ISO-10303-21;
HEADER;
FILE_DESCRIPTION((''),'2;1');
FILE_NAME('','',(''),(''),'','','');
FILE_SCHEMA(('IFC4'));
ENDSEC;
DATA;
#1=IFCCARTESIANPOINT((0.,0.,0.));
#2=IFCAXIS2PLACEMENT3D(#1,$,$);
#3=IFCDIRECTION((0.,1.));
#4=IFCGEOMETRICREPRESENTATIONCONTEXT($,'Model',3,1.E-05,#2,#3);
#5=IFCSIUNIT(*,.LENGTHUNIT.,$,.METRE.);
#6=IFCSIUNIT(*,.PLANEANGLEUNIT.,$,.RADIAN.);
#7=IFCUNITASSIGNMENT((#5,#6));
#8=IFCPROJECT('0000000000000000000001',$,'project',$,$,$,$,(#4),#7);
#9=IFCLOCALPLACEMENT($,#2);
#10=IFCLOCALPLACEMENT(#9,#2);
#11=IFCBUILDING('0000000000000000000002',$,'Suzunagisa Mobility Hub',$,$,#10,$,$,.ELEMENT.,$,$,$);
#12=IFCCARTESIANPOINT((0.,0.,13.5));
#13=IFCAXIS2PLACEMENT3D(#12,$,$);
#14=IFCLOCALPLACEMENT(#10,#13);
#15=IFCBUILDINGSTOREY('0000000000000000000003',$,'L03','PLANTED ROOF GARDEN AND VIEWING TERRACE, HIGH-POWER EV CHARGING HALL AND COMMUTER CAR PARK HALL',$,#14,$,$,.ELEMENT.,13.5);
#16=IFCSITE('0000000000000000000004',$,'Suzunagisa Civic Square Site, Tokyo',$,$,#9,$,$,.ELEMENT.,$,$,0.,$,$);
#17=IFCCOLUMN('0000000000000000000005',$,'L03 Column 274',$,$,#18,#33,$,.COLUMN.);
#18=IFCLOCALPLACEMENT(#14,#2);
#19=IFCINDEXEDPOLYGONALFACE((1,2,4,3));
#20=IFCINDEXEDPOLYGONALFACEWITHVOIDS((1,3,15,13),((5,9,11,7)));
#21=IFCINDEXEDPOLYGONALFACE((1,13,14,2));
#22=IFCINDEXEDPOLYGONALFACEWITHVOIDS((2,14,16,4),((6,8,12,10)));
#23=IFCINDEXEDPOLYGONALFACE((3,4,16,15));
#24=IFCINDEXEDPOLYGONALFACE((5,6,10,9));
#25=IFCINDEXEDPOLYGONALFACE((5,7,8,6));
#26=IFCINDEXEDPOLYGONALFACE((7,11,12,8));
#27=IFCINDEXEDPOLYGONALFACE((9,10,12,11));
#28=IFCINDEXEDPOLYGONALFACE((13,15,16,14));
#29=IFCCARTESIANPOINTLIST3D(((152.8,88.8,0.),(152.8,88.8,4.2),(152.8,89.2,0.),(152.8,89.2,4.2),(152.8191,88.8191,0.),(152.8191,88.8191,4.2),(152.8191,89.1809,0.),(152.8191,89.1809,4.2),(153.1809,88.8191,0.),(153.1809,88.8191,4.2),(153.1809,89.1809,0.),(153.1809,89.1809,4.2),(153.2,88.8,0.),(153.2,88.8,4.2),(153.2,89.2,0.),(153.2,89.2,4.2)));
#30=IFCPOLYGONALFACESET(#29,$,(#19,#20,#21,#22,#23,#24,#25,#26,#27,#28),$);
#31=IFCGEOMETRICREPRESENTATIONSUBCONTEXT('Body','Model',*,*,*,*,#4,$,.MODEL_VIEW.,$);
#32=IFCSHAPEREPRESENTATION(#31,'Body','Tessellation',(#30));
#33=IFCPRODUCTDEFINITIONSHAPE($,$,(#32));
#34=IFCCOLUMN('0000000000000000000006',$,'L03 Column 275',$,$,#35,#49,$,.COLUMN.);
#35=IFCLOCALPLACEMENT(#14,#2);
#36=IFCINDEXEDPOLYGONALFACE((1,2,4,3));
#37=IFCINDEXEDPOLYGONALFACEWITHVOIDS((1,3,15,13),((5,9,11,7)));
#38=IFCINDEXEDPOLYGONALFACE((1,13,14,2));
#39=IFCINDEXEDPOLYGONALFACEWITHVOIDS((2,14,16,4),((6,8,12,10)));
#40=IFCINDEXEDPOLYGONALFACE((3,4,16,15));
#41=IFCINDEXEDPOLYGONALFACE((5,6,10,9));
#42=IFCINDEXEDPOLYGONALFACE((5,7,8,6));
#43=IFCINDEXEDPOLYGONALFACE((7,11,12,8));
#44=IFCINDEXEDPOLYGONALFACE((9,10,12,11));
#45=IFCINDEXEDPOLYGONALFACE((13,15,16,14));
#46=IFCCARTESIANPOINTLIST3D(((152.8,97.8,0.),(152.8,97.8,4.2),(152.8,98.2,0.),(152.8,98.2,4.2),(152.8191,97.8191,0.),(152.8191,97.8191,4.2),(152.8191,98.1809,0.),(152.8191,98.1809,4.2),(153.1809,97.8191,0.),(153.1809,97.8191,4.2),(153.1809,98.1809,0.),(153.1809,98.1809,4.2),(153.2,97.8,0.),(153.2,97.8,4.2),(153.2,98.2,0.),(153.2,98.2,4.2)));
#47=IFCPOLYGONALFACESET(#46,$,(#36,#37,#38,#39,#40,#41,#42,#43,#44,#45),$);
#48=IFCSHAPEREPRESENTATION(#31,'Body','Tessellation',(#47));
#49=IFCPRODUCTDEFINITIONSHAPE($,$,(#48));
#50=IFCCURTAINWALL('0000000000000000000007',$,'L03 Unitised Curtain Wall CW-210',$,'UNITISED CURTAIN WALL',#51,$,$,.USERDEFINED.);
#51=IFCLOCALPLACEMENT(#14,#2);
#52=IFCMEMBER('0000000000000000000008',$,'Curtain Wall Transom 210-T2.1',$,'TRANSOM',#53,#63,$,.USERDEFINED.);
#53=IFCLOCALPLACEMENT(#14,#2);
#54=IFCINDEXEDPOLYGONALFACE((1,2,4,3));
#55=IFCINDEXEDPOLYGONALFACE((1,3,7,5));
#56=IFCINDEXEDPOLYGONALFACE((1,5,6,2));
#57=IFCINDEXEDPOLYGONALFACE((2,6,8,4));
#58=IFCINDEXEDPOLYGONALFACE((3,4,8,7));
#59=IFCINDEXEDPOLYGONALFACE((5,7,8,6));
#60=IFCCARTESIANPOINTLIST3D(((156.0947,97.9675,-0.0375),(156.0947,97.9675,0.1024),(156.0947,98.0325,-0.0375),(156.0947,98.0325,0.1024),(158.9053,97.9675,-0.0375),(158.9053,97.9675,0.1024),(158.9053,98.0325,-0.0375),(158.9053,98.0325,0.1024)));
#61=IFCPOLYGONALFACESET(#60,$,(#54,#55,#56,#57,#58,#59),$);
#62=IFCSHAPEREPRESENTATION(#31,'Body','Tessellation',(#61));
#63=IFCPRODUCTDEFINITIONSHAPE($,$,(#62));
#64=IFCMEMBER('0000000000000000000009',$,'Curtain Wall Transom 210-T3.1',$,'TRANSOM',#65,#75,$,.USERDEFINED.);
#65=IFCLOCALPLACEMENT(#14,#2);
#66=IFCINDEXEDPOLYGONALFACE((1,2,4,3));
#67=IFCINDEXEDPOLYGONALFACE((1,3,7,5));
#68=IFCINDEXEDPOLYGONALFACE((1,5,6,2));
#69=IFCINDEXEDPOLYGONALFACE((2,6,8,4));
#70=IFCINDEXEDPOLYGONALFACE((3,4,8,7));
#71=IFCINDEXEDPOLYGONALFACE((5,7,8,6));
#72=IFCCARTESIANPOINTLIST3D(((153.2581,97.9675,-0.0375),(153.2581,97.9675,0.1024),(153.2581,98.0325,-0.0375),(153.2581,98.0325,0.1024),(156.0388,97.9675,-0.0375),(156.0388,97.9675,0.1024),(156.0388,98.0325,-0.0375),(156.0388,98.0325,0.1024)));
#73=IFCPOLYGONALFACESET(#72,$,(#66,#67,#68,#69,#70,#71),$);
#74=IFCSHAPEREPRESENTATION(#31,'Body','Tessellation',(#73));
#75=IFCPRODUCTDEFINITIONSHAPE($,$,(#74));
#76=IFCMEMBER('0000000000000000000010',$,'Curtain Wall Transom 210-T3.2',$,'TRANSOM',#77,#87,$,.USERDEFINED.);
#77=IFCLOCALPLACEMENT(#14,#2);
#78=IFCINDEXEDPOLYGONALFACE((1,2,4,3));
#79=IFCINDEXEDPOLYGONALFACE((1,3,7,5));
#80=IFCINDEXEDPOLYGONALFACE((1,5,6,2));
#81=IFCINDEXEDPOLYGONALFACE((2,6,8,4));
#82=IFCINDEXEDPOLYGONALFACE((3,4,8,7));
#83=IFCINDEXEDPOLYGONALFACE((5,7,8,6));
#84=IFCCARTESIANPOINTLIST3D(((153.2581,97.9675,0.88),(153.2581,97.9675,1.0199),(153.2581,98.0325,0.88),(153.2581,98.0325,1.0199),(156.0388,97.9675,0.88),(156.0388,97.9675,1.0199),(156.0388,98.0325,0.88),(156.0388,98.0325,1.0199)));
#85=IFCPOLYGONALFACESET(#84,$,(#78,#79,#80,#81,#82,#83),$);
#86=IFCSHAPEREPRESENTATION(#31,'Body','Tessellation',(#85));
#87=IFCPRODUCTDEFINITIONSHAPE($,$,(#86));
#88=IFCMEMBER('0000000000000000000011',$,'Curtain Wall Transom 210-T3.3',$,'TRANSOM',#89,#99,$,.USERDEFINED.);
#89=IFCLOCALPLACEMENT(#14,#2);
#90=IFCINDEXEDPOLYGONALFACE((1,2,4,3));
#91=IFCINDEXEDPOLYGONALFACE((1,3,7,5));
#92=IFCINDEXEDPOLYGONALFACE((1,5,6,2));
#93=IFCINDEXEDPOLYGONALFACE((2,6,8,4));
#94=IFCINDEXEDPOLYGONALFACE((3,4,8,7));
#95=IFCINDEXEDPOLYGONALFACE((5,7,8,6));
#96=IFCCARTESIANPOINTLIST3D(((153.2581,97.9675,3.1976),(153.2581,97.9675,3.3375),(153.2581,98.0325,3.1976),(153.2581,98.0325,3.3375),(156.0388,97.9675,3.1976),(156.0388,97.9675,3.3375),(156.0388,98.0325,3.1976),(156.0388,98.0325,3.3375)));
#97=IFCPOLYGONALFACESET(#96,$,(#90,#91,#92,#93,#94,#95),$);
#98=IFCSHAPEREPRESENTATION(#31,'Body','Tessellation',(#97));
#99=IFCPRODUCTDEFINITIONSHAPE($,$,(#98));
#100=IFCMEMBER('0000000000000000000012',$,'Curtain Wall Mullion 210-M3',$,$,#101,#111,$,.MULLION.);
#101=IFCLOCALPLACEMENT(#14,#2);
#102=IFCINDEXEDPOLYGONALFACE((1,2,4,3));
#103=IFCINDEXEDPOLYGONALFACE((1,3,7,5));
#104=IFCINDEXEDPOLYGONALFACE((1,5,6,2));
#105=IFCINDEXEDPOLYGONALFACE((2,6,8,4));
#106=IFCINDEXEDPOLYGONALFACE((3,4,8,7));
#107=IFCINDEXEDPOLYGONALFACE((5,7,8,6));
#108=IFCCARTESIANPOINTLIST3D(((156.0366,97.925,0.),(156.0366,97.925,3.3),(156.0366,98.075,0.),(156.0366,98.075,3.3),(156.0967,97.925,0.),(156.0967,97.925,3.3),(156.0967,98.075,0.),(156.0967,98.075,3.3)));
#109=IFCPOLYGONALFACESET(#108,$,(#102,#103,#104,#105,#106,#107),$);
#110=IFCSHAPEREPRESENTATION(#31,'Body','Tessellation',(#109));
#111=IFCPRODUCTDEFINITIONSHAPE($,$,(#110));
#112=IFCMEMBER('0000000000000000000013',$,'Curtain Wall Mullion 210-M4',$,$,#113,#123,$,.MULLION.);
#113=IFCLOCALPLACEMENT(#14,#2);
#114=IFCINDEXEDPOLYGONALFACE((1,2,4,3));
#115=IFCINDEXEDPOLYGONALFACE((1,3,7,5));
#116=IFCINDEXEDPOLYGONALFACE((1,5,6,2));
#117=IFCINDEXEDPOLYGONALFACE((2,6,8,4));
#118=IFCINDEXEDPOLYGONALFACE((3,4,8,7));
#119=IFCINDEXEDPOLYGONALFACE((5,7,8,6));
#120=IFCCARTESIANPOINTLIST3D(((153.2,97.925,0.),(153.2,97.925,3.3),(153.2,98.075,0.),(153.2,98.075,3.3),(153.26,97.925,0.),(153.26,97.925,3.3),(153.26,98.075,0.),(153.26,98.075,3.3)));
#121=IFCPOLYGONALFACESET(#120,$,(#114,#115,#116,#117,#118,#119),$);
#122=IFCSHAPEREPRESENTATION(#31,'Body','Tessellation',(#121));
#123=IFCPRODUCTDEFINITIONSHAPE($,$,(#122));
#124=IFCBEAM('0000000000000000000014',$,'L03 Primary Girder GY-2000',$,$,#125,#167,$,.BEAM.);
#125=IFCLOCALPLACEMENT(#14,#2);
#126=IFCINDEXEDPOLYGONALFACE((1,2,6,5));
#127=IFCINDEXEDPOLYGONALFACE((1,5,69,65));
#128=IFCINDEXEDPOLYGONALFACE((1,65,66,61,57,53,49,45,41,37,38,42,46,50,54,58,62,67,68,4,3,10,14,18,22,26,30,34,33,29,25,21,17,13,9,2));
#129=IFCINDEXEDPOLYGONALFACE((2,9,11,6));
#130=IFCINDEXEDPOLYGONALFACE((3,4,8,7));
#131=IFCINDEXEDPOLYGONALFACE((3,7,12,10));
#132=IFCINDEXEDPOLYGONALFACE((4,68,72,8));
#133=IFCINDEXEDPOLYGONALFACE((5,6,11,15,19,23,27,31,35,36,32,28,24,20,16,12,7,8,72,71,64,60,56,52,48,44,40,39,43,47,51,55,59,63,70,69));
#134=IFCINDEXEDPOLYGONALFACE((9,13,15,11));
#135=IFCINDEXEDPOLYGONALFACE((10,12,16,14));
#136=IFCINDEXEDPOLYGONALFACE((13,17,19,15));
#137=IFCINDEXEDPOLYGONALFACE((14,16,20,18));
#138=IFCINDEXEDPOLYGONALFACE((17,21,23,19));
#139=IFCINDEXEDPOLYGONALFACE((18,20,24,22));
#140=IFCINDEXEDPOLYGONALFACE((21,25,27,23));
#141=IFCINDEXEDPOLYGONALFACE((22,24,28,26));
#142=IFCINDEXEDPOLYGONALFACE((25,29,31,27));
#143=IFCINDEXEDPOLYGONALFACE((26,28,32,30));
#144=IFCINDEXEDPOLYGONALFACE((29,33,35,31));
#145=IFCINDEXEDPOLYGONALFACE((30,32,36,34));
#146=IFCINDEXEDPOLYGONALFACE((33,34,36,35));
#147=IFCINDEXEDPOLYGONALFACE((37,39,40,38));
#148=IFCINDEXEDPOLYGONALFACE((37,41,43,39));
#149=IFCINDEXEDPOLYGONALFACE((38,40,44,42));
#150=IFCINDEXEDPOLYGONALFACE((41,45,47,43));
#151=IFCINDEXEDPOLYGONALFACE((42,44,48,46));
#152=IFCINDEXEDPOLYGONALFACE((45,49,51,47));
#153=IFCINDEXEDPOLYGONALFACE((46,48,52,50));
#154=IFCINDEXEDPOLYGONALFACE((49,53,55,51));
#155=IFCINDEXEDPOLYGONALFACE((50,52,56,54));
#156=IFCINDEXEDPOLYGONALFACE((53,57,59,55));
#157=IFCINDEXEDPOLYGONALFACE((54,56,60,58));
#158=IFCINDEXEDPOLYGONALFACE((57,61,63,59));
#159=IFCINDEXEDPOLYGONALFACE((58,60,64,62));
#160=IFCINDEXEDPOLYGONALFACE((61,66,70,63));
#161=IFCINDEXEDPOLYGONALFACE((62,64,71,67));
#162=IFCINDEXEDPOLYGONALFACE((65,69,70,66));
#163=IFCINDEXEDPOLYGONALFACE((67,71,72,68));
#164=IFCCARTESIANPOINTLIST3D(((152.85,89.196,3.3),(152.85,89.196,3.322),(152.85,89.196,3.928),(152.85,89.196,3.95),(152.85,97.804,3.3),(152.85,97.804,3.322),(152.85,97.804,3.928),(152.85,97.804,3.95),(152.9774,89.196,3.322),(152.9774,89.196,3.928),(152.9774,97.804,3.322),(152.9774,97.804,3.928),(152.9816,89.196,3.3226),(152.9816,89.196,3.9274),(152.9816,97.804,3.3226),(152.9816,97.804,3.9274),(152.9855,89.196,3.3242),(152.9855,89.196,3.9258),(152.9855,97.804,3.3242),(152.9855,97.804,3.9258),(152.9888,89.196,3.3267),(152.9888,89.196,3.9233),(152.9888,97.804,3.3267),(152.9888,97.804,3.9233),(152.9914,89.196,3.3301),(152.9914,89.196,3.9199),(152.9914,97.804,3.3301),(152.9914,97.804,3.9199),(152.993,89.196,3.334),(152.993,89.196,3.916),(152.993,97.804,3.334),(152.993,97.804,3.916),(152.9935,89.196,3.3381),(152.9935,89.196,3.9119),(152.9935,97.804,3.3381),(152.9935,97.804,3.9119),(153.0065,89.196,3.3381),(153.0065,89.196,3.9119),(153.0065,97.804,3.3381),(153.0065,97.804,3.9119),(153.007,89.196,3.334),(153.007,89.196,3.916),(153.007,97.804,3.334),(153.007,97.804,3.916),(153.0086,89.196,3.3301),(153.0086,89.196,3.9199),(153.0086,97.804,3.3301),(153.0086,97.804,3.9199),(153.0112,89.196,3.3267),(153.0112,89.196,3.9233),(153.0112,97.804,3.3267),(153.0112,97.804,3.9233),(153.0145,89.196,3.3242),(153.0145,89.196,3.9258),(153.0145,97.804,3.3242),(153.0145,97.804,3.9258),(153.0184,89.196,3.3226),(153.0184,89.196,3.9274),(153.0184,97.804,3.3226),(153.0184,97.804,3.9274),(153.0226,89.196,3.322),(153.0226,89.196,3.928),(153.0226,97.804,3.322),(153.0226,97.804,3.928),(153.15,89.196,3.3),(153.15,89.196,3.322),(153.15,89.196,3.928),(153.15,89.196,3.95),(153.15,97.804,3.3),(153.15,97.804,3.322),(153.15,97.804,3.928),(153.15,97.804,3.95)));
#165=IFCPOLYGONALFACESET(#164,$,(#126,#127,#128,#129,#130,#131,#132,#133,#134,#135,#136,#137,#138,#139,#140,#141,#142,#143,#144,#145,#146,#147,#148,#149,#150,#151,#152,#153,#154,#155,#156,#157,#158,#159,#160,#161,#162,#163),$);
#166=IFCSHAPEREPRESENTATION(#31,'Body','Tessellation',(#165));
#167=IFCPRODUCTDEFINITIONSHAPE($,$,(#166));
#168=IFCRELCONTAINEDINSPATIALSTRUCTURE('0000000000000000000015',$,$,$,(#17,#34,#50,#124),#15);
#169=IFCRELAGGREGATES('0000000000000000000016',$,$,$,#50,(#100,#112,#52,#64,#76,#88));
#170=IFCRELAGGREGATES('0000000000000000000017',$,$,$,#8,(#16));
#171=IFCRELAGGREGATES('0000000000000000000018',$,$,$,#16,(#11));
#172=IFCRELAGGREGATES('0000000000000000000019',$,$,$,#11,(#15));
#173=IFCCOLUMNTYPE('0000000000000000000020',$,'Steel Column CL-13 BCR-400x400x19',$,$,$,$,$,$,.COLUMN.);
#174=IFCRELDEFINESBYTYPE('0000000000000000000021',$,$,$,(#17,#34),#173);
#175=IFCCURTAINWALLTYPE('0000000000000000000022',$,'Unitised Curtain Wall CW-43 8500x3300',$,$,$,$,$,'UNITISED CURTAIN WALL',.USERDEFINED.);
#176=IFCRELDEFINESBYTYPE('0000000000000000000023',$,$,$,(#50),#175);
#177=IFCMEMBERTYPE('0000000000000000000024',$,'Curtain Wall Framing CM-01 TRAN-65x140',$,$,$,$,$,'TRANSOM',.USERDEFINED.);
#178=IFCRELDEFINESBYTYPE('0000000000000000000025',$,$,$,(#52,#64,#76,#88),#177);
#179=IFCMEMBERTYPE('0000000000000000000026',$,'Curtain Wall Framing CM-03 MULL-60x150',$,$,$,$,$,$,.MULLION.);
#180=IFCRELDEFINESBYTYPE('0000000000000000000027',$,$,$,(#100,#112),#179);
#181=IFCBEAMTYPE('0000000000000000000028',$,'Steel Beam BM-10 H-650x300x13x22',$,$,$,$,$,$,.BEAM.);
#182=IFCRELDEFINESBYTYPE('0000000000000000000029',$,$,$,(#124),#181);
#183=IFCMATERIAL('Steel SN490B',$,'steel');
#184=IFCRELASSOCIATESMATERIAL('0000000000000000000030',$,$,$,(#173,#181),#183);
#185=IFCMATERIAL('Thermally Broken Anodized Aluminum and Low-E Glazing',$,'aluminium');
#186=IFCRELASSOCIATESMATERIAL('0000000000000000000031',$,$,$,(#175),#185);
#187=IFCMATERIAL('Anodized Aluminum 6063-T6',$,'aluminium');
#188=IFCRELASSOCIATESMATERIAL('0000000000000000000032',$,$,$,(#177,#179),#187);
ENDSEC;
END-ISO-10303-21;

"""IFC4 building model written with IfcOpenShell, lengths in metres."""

from ifc_helpers import new_model, si_unit, direction, frame, origin, origin_2d, place, context, subcontext, project, spatial, rectangle, hollow_rectangle, i_section, extrude, material, material_profile, profile_set, type_object, element, aggregate, save


model = new_model("IFC4")

# Units and contexts
model_context = context("Model", 3, precision=1e-05, world=origin(), true_north=direction((0.0, 1.0)))
body_context = subcontext(model_context, "Body", "Model", "MODEL_VIEW")
ifc_project = project(units=[si_unit("LENGTHUNIT", "METRE"), si_unit("PLANEANGLEUNIT", "RADIAN")], contexts=[model_context])

# Site, building, storey
site_placement = place(None, origin())
site = spatial("IfcSite", under=ifc_project, at=site_placement, Name="Suzunagisa Civic Square Site, Tokyo", CompositionType="ELEMENT", RefElevation=0.0)
building_placement = place(site_placement, origin())
building = spatial("IfcBuilding", under=site, at=building_placement, Name="Suzunagisa Mobility Hub", CompositionType="ELEMENT")
storey_placement = place(building_placement, frame((0.0, 0.0, 13.5)))
storey = spatial("IfcBuildingStorey", under=building, at=storey_placement, Name="L03", Description="PLANTED ROOF GARDEN AND VIEWING TERRACE, HIGH-POWER EV CHARGING HALL AND COMMUTER CAR PARK HALL", CompositionType="ELEMENT", Elevation=13.5)

# Columns
ifc_material_1 = material(Name="Steel SN490B", Category="steel")
ifc_material_profile_1 = material_profile(ifc_material_1, hollow_rectangle(XDim=0.3999, YDim=0.3999, WallThickness=0.019, at=origin_2d()), Name="BCR-400x400x19")
ifc_profile_set_1 = profile_set([ifc_material_profile_1], Name="Steel SN490B")
column_type = type_object("IfcColumnType", Name="Steel Column CL-13 BCR-400x400x19", PredefinedType="COLUMN", material=ifc_profile_set_1)
for number, where, z_axis, x_axis, name in (
    (1, (153.0, 89.0, 0.0), (0.0, 0.0, 1.0), (1.0, 0.0, 0.0), "L03 Column 274"),
    (2, (153.0, 98.0, 0.0), (0.0, 0.0, 1.0), (1.0, 0.0, 0.0), "L03 Column 275"),
):
    element("IfcColumn", number, at=place(storey_placement, frame(where, z_axis=z_axis, x_axis=x_axis)), inside=storey, type_object=column_type, Name=name, PredefinedType="COLUMN", context=body_context, shape_type="SweptSolid", body=[
        extrude(hollow_rectangle(XDim=0.3999, YDim=0.3999, WallThickness=0.019, at=origin_2d()), origin(), (0.0, 0.0, 1.0), 4.2),
    ])

# Curtain wall, members
ifc_material_2 = material(Name="Thermally Broken Anodized Aluminum and Low-E Glazing", Category="aluminium")
curtain_wall_type = type_object("IfcCurtainWallType", Name="Unitised Curtain Wall CW-43 8500x3300", ElementType="UNITISED CURTAIN WALL", PredefinedType="USERDEFINED", material=ifc_material_2)
curtain_wall_placement = place(storey_placement, origin())
curtain_wall = element("IfcCurtainWall", 3, at=curtain_wall_placement, inside=storey, type_object=curtain_wall_type, Name="L03 Unitised Curtain Wall CW-210", ObjectType="UNITISED CURTAIN WALL", PredefinedType="USERDEFINED")
ifc_material_3 = material(Name="Anodized Aluminum 6063-T6", Category="aluminium")
ifc_material_profile_2 = material_profile(ifc_material_3, rectangle(XDim=0.0649, YDim=0.1399, at=origin_2d()), Name="TRAN-65x140")
ifc_profile_set_2 = profile_set([ifc_material_profile_2], Name="Anodized Aluminum 6063-T6")
member_type_1 = type_object("IfcMemberType", Name="Curtain Wall Framing CM-01 TRAN-65x140", ElementType="TRANSOM", PredefinedType="USERDEFINED", material=ifc_profile_set_2)
member_1_placement = place(storey_placement, frame((158.9053, 98.0, 0.0325), z_axis=(-1.0, 0.0, 0.0), x_axis=(0.0, -1.0, 0.0)))
member_1 = element("IfcMember", 4, at=member_1_placement, type_object=member_type_1, Name="Curtain Wall Transom 210-T2.1", ObjectType="TRANSOM", PredefinedType="USERDEFINED", context=body_context, shape_type="SweptSolid", body=[
    extrude(rectangle(XDim=0.0649, YDim=0.1399, at=origin_2d()), origin(), (0.0, 0.0, 1.0), 2.8105),
])
member_2_placement = place(storey_placement, frame((156.0388, 98.0, 0.0325), z_axis=(-1.0, 0.0, 0.0), x_axis=(0.0, -1.0, 0.0)))
member_2 = element("IfcMember", 5, at=member_2_placement, type_object=member_type_1, Name="Curtain Wall Transom 210-T3.1", ObjectType="TRANSOM", PredefinedType="USERDEFINED", context=body_context, shape_type="SweptSolid", body=[
    extrude(rectangle(XDim=0.0649, YDim=0.1399, at=origin_2d()), origin(), (0.0, 0.0, 1.0), 2.7808),
])
member_3_placement = place(storey_placement, frame((156.0388, 98.0, 0.95), z_axis=(-1.0, 0.0, 0.0), x_axis=(0.0, -1.0, 0.0)))
member_3 = element("IfcMember", 6, at=member_3_placement, type_object=member_type_1, Name="Curtain Wall Transom 210-T3.2", ObjectType="TRANSOM", PredefinedType="USERDEFINED", context=body_context, shape_type="SweptSolid", body=[
    extrude(rectangle(XDim=0.0649, YDim=0.1399, at=origin_2d()), origin(), (0.0, 0.0, 1.0), 2.7808),
])
member_4_placement = place(storey_placement, frame((156.0388, 98.0, 3.2676), z_axis=(-1.0, 0.0, 0.0), x_axis=(0.0, -1.0, 0.0)))
member_4 = element("IfcMember", 7, at=member_4_placement, type_object=member_type_1, Name="Curtain Wall Transom 210-T3.3", ObjectType="TRANSOM", PredefinedType="USERDEFINED", context=body_context, shape_type="SweptSolid", body=[
    extrude(rectangle(XDim=0.0649, YDim=0.1399, at=origin_2d()), origin(), (0.0, 0.0, 1.0), 2.7808),
])
ifc_material_profile_3 = material_profile(ifc_material_3, rectangle(XDim=0.0601, YDim=0.1499, at=origin_2d()), Name="MULL-60x150")
ifc_profile_set_3 = profile_set([ifc_material_profile_3], Name="Anodized Aluminum 6063-T6")
member_type_2 = type_object("IfcMemberType", Name="Curtain Wall Framing CM-03 MULL-60x150", PredefinedType="MULLION", material=ifc_profile_set_3)
member_5_placement = place(storey_placement, frame((156.0667, 98.0, 0.0), z_axis=(0.0, 0.0, 1.0), x_axis=(-1.0, 0.0, 0.0)))
member_5 = element("IfcMember", 8, at=member_5_placement, type_object=member_type_2, Name="Curtain Wall Mullion 210-M3", PredefinedType="MULLION", context=body_context, shape_type="SweptSolid", body=[
    extrude(rectangle(XDim=0.0601, YDim=0.1499, at=origin_2d()), origin(), (0.0, 0.0, 1.0), 3.3),
])
member_6_placement = place(storey_placement, frame((153.23, 98.0, 0.0), z_axis=(0.0, 0.0, 1.0), x_axis=(-1.0, 0.0, 0.0)))
member_6 = element("IfcMember", 9, at=member_6_placement, type_object=member_type_2, Name="Curtain Wall Mullion 210-M4", PredefinedType="MULLION", context=body_context, shape_type="SweptSolid", body=[
    extrude(rectangle(XDim=0.0601, YDim=0.1499, at=origin_2d()), origin(), (0.0, 0.0, 1.0), 3.3),
])

# Beam
ifc_material_profile_4 = material_profile(ifc_material_1, i_section(OverallWidth=0.3, OverallDepth=0.6499, WebThickness=0.0129, FlangeThickness=0.022, FilletRadius=0.0161, at=origin_2d()), Name="H-650x300x13x22")
ifc_profile_set_4 = profile_set([ifc_material_profile_4], Name="Steel SN490B")
beam_type_1 = type_object("IfcBeamType", Name="Steel Beam BM-10 H-650x300x13x22", PredefinedType="BEAM", material=ifc_profile_set_4)
beam_placement = place(storey_placement, frame((153.0, 89.196, 3.625), z_axis=(0.0, 1.0, 0.0), x_axis=(-1.0, 0.0, 0.0)))
element("IfcBeam", 10, at=beam_placement, inside=storey, type_object=beam_type_1, Name="L03 Primary Girder GY-2000", PredefinedType="BEAM", context=body_context, shape_type="SweptSolid", body=[
    extrude(i_section(OverallWidth=0.3, OverallDepth=0.6499, WebThickness=0.0129, FlangeThickness=0.022, FilletRadius=0.0161, at=origin_2d()), origin(), (0.0, 0.0, 1.0), 8.6079),
])

aggregate(curtain_wall, [member_5, member_6, member_1, member_2, member_3, member_4])

save(model, "model.ifc")
